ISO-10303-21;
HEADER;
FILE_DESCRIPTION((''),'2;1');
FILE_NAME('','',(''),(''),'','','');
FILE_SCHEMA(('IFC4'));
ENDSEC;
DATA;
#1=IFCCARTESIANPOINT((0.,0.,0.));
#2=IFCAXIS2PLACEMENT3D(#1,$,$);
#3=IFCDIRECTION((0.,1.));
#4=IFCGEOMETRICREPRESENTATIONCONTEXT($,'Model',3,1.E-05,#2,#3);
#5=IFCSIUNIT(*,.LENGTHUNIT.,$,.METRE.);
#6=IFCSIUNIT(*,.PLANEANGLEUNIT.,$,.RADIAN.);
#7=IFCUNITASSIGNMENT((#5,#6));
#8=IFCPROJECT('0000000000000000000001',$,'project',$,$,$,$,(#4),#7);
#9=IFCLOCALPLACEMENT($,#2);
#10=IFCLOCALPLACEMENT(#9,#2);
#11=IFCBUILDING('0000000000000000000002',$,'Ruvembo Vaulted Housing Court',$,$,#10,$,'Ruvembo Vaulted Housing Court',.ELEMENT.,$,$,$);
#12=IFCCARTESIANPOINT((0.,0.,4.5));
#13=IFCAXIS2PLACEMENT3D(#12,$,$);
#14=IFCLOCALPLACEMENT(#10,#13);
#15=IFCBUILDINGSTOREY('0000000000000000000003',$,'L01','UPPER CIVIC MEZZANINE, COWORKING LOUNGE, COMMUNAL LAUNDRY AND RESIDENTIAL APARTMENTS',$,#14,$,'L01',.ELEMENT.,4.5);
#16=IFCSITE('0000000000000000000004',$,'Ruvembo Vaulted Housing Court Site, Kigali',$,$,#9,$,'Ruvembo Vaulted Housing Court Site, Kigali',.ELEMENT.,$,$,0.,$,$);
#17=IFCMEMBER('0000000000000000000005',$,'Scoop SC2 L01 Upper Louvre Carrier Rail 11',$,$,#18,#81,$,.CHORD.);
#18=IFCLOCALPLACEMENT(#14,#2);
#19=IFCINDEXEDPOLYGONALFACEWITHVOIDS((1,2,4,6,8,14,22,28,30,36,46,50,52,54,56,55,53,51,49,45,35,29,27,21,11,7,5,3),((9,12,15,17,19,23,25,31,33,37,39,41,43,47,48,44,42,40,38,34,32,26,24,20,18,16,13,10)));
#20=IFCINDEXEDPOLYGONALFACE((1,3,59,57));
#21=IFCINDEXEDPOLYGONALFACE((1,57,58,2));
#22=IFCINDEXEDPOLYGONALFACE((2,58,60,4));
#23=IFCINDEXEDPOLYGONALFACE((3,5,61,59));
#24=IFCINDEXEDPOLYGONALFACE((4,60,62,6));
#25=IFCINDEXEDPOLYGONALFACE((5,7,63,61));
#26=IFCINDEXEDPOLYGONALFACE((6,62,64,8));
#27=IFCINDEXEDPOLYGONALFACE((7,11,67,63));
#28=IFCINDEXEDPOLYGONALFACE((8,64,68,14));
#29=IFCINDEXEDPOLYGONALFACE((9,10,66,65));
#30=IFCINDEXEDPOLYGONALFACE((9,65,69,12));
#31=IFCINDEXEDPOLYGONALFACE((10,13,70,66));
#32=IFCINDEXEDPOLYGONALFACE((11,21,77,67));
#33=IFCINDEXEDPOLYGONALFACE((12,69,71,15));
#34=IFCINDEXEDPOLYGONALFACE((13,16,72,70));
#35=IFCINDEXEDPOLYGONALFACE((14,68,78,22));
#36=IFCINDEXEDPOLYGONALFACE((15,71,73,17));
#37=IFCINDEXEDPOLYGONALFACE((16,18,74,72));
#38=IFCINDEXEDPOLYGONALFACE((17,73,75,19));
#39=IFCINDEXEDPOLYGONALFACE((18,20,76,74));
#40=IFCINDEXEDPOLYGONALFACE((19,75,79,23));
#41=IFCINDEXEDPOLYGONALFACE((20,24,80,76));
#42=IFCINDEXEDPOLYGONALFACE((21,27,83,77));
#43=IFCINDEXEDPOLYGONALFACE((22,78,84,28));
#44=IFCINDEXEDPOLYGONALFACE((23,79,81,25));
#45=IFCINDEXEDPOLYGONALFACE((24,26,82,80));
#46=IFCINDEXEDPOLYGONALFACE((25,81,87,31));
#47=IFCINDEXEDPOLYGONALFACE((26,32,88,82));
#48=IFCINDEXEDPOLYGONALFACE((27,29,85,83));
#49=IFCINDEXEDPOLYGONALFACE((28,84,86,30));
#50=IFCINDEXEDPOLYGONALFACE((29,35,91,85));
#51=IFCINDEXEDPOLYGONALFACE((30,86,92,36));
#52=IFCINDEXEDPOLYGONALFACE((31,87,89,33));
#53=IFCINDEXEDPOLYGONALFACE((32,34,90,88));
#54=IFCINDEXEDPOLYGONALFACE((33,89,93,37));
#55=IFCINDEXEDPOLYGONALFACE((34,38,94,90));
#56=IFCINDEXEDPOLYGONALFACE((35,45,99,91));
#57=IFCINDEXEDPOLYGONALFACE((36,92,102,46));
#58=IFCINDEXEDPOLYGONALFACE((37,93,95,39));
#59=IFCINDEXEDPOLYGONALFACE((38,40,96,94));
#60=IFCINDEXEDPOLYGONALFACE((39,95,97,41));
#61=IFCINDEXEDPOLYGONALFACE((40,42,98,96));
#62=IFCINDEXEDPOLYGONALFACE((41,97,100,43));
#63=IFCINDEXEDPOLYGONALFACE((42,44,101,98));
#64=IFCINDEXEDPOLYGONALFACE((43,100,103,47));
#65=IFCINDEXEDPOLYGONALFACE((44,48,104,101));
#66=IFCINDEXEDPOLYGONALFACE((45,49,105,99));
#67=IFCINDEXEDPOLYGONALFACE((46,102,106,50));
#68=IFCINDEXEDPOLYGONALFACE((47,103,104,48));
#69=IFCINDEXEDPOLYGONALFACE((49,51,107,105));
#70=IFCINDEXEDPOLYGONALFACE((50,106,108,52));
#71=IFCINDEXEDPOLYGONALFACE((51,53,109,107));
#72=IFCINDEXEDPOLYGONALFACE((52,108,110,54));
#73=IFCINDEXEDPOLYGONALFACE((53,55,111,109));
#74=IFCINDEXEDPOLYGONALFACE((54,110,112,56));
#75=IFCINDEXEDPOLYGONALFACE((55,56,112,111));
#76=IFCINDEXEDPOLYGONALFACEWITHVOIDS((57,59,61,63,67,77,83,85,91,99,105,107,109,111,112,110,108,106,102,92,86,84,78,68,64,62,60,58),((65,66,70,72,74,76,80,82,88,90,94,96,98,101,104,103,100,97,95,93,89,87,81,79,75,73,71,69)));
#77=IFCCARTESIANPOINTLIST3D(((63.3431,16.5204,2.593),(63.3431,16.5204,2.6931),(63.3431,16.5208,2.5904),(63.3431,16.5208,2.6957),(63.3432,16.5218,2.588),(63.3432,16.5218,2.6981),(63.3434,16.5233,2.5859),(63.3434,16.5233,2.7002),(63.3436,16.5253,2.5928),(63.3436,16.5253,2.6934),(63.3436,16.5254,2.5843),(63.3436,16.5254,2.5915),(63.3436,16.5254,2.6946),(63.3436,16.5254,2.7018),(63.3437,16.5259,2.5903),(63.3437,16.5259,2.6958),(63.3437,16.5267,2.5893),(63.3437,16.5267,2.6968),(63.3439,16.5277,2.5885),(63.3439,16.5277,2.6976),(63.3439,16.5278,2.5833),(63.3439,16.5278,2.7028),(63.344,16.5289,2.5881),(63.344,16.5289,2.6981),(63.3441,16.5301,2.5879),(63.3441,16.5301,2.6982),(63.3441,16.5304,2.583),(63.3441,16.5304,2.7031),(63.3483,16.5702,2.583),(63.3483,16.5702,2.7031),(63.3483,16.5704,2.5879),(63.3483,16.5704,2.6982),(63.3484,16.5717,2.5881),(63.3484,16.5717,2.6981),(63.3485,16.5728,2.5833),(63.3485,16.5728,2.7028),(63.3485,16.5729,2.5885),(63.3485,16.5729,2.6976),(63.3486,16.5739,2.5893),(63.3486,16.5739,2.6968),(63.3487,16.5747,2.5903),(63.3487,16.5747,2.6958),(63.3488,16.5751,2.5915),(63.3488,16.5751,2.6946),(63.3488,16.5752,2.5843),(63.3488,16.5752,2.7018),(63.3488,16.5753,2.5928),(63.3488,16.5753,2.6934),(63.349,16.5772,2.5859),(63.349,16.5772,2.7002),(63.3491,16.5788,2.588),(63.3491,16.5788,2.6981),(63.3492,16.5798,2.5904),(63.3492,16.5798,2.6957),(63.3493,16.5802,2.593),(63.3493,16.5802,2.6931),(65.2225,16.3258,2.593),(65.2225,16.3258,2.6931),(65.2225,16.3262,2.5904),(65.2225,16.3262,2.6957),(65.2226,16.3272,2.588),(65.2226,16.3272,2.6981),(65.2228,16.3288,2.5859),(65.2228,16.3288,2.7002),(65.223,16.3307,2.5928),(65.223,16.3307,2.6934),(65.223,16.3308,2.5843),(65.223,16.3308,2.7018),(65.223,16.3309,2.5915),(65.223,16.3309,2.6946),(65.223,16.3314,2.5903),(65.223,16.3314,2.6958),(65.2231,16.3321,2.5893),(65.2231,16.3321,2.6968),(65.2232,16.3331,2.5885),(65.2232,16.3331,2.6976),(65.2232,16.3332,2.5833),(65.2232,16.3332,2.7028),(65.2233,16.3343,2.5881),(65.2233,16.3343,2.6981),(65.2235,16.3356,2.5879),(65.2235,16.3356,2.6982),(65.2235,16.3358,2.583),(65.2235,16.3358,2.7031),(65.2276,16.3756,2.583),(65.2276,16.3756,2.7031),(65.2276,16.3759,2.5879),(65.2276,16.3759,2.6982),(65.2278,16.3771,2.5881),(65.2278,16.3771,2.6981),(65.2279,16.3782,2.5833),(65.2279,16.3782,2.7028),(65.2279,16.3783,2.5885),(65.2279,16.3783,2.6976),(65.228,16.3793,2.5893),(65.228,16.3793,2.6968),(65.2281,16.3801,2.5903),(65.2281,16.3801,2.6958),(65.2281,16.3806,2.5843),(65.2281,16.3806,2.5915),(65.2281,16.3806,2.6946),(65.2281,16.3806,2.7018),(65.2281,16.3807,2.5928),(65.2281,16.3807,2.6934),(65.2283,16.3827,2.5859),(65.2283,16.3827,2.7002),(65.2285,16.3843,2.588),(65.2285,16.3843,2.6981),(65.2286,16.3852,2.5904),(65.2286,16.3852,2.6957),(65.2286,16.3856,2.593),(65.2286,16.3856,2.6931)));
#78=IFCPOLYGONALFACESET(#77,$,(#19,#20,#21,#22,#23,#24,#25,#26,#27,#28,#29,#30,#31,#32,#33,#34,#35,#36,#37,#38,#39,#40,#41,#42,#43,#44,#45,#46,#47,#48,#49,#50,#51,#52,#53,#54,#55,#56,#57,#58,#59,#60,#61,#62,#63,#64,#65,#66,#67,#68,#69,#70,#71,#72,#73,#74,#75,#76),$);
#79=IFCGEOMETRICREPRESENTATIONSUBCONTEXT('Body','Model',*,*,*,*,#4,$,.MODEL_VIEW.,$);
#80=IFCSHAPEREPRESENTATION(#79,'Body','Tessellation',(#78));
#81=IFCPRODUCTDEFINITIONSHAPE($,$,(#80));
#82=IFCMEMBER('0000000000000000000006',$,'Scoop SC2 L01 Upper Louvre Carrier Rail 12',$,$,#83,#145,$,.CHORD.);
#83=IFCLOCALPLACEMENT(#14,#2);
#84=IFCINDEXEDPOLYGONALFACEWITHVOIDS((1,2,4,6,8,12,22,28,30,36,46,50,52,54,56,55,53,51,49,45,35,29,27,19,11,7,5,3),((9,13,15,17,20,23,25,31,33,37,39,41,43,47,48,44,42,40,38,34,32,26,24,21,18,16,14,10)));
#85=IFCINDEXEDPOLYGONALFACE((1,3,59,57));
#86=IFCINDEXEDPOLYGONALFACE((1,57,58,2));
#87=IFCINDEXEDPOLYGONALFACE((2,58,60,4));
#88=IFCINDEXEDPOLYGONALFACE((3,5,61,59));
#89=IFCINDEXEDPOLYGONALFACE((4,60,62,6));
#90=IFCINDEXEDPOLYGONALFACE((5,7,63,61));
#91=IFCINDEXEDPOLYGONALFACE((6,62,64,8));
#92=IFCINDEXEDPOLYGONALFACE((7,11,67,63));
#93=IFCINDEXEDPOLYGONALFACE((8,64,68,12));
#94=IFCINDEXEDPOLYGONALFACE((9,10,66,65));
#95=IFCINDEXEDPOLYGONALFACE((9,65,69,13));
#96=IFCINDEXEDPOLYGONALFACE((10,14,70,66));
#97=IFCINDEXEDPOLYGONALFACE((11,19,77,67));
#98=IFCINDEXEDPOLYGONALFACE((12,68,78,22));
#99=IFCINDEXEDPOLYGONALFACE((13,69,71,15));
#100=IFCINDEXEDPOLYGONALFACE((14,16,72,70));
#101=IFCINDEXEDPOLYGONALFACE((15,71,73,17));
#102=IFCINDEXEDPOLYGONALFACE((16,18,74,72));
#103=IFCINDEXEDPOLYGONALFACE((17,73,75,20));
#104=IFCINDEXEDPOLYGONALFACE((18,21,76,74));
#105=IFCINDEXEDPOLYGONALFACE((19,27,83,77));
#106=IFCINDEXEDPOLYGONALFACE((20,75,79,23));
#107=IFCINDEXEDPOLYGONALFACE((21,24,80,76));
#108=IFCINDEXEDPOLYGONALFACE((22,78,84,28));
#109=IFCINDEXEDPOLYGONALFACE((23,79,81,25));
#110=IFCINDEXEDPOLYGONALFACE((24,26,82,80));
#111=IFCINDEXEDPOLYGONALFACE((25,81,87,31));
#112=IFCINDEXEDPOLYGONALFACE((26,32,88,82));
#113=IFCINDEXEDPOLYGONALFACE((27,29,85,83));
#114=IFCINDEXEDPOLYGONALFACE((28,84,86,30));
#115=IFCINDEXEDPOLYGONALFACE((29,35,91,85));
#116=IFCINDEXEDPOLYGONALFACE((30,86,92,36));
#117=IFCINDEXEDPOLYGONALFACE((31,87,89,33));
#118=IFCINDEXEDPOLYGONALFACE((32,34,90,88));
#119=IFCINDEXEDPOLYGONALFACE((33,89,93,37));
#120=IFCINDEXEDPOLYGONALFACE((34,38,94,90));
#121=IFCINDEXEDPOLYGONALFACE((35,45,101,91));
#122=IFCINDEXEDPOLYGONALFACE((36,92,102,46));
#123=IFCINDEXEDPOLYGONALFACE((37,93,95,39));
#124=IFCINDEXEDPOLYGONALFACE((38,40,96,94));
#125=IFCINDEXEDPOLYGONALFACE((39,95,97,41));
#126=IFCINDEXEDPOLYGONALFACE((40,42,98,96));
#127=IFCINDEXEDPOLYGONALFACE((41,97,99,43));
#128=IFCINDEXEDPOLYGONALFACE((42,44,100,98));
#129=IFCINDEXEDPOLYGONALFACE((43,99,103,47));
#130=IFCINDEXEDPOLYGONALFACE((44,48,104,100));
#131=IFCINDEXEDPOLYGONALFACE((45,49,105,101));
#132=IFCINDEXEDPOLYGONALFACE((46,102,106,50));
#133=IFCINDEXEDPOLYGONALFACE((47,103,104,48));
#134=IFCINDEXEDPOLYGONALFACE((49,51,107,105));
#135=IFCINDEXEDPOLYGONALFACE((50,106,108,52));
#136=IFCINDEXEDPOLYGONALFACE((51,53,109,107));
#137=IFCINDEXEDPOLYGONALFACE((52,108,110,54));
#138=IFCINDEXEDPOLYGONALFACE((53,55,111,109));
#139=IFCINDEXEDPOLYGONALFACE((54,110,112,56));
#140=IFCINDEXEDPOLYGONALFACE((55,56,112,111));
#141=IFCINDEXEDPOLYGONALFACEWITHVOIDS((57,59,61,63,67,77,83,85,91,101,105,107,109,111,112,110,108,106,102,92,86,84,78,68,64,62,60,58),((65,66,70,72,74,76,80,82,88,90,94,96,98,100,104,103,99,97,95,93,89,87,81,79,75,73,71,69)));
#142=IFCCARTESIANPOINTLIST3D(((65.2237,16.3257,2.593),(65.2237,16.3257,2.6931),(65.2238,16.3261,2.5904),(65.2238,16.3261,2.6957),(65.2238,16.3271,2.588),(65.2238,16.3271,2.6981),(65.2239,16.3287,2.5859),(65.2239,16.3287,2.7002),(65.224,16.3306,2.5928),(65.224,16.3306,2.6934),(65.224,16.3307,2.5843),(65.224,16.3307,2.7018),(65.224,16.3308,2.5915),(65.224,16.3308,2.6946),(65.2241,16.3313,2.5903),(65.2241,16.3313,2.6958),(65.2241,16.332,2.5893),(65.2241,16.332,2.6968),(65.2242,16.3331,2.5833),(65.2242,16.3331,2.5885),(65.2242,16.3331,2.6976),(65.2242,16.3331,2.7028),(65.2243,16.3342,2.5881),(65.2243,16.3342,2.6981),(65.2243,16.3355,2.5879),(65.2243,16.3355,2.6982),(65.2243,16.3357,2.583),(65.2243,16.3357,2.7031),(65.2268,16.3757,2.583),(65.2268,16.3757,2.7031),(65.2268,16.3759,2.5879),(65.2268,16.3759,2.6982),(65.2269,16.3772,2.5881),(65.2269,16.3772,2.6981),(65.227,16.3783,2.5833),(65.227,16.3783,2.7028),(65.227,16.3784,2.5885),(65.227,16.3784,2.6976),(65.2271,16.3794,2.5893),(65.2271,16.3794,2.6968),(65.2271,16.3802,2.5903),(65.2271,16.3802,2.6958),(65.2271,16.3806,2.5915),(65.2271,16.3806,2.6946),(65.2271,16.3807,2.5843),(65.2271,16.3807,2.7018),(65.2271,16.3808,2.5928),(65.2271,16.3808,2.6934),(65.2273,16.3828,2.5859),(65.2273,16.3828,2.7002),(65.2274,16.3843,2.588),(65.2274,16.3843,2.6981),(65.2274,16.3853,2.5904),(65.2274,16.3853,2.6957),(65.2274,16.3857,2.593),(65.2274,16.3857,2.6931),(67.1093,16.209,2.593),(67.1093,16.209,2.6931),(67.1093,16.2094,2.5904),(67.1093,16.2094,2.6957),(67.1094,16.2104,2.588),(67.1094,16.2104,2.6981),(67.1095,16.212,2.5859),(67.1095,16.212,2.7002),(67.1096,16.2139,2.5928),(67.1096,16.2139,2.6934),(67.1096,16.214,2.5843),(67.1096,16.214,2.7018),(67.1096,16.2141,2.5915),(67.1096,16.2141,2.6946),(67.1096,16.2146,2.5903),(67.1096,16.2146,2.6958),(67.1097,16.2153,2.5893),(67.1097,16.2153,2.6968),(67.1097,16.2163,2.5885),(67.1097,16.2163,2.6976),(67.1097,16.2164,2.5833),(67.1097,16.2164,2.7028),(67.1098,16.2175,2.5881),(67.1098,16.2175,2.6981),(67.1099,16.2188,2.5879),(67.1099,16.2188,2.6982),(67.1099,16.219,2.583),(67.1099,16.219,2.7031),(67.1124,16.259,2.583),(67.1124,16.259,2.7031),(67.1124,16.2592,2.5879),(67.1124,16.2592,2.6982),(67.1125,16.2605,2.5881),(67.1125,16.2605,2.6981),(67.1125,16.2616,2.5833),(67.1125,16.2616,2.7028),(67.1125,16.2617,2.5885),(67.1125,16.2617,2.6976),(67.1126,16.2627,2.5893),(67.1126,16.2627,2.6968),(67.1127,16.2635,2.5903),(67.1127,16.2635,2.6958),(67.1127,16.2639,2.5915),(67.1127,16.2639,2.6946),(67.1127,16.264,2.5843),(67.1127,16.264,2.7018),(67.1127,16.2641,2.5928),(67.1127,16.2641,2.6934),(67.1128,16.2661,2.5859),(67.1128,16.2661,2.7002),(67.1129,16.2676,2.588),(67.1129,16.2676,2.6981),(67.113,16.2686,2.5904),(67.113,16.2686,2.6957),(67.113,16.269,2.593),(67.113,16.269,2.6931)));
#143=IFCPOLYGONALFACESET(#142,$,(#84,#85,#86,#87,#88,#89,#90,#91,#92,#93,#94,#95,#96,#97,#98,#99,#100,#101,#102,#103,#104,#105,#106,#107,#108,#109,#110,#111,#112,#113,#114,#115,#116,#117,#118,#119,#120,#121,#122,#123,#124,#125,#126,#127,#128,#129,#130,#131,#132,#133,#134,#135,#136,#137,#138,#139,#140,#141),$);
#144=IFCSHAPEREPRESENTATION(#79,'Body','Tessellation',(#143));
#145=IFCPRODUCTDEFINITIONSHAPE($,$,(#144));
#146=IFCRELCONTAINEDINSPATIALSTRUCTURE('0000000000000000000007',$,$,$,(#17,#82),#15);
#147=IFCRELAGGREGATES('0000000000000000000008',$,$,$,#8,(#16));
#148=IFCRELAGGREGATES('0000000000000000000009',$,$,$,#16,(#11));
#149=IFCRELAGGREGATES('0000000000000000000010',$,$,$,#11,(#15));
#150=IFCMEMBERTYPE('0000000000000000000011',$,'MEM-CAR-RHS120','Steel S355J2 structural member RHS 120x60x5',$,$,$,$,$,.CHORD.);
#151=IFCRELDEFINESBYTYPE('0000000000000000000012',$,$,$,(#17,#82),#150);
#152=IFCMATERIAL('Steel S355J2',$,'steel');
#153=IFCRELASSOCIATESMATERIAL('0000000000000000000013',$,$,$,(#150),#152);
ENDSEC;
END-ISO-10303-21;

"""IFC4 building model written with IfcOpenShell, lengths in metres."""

from ifc_helpers import new_model, si_unit, direction, frame, origin, origin_2d, place, context, subcontext, project, spatial, hollow_rectangle, extrude, material, material_profile, profile_set, type_object, element, save


model = new_model("IFC4")

# Units and contexts
model_context = context("Model", 3, precision=1e-05, world=origin(), true_north=direction((0.0, 1.0)))
body_context = subcontext(model_context, "Body", "Model", "MODEL_VIEW")
ifc_project = project(units=[si_unit("LENGTHUNIT", "METRE"), si_unit("PLANEANGLEUNIT", "RADIAN")], contexts=[model_context])

# Site, building, storey
site_placement = place(None, origin())
site = spatial("IfcSite", under=ifc_project, at=site_placement, Name="Ruvembo Vaulted Housing Court Site, Kigali", LongName="Ruvembo Vaulted Housing Court Site, Kigali", CompositionType="ELEMENT", RefElevation=0.0)
building_placement = place(site_placement, origin())
building = spatial("IfcBuilding", under=site, at=building_placement, Name="Ruvembo Vaulted Housing Court", LongName="Ruvembo Vaulted Housing Court", CompositionType="ELEMENT")
storey_placement = place(building_placement, frame((0.0, 0.0, 4.5)))
storey = spatial("IfcBuildingStorey", under=building, at=storey_placement, Name="L01", Description="UPPER CIVIC MEZZANINE, COWORKING LOUNGE, COMMUNAL LAUNDRY AND RESIDENTIAL APARTMENTS", LongName="L01", CompositionType="ELEMENT", Elevation=4.5)

# Shared definitions
ifc_material_1 = material(Name="Steel S355J2", Category="steel")

# Members
ifc_material_profile_1 = material_profile(ifc_material_1, hollow_rectangle(XDim=0.0601, YDim=0.1201, WallThickness=0.0049, InnerFilletRadius=0.0049, OuterFilletRadius=0.01, at=origin_2d()), Name="RHS 120x60x5")
ifc_profile_set_1 = profile_set([ifc_material_profile_1], Name="Steel S355J2")
member_type_1 = type_object("IfcMemberType", Name="MEM-CAR-RHS120", Description="Steel S355J2 structural member RHS 120x60x5", PredefinedType="CHORD", material=ifc_profile_set_1)
member_1_placement = place(storey_placement, frame((63.3462, 16.5503, 2.6431), z_axis=(0.994683, -0.102983, 0.0), x_axis=(0.102983, 0.994683, 0.0)))
element("IfcMember", 1, at=member_1_placement, inside=storey, type_object=member_type_1, Name="Scoop SC2 L01 Upper Louvre Carrier Rail 11", PredefinedType="CHORD", context=body_context, shape_type="SweptSolid", body=[
    extrude(hollow_rectangle(XDim=0.0601, YDim=0.1201, WallThickness=0.0049, InnerFilletRadius=0.0049, OuterFilletRadius=0.01, at=origin_2d()), origin(), (0.0, 0.0, 1.0), 1.8894),
])
member_2_placement = place(storey_placement, frame((65.2256, 16.3557, 2.6431), z_axis=(0.99809, -0.061775, 0.0), x_axis=(0.061775, 0.99809, 0.0)))
element("IfcMember", 2, at=member_2_placement, inside=storey, type_object=member_type_1, Name="Scoop SC2 L01 Upper Louvre Carrier Rail 12", PredefinedType="CHORD", context=body_context, shape_type="SweptSolid", body=[
    extrude(hollow_rectangle(XDim=0.0601, YDim=0.1201, WallThickness=0.0049, InnerFilletRadius=0.0049, OuterFilletRadius=0.01, at=origin_2d()), origin(), (0.0, 0.0, 1.0), 1.8892),
])

save(model, "model.ifc")
